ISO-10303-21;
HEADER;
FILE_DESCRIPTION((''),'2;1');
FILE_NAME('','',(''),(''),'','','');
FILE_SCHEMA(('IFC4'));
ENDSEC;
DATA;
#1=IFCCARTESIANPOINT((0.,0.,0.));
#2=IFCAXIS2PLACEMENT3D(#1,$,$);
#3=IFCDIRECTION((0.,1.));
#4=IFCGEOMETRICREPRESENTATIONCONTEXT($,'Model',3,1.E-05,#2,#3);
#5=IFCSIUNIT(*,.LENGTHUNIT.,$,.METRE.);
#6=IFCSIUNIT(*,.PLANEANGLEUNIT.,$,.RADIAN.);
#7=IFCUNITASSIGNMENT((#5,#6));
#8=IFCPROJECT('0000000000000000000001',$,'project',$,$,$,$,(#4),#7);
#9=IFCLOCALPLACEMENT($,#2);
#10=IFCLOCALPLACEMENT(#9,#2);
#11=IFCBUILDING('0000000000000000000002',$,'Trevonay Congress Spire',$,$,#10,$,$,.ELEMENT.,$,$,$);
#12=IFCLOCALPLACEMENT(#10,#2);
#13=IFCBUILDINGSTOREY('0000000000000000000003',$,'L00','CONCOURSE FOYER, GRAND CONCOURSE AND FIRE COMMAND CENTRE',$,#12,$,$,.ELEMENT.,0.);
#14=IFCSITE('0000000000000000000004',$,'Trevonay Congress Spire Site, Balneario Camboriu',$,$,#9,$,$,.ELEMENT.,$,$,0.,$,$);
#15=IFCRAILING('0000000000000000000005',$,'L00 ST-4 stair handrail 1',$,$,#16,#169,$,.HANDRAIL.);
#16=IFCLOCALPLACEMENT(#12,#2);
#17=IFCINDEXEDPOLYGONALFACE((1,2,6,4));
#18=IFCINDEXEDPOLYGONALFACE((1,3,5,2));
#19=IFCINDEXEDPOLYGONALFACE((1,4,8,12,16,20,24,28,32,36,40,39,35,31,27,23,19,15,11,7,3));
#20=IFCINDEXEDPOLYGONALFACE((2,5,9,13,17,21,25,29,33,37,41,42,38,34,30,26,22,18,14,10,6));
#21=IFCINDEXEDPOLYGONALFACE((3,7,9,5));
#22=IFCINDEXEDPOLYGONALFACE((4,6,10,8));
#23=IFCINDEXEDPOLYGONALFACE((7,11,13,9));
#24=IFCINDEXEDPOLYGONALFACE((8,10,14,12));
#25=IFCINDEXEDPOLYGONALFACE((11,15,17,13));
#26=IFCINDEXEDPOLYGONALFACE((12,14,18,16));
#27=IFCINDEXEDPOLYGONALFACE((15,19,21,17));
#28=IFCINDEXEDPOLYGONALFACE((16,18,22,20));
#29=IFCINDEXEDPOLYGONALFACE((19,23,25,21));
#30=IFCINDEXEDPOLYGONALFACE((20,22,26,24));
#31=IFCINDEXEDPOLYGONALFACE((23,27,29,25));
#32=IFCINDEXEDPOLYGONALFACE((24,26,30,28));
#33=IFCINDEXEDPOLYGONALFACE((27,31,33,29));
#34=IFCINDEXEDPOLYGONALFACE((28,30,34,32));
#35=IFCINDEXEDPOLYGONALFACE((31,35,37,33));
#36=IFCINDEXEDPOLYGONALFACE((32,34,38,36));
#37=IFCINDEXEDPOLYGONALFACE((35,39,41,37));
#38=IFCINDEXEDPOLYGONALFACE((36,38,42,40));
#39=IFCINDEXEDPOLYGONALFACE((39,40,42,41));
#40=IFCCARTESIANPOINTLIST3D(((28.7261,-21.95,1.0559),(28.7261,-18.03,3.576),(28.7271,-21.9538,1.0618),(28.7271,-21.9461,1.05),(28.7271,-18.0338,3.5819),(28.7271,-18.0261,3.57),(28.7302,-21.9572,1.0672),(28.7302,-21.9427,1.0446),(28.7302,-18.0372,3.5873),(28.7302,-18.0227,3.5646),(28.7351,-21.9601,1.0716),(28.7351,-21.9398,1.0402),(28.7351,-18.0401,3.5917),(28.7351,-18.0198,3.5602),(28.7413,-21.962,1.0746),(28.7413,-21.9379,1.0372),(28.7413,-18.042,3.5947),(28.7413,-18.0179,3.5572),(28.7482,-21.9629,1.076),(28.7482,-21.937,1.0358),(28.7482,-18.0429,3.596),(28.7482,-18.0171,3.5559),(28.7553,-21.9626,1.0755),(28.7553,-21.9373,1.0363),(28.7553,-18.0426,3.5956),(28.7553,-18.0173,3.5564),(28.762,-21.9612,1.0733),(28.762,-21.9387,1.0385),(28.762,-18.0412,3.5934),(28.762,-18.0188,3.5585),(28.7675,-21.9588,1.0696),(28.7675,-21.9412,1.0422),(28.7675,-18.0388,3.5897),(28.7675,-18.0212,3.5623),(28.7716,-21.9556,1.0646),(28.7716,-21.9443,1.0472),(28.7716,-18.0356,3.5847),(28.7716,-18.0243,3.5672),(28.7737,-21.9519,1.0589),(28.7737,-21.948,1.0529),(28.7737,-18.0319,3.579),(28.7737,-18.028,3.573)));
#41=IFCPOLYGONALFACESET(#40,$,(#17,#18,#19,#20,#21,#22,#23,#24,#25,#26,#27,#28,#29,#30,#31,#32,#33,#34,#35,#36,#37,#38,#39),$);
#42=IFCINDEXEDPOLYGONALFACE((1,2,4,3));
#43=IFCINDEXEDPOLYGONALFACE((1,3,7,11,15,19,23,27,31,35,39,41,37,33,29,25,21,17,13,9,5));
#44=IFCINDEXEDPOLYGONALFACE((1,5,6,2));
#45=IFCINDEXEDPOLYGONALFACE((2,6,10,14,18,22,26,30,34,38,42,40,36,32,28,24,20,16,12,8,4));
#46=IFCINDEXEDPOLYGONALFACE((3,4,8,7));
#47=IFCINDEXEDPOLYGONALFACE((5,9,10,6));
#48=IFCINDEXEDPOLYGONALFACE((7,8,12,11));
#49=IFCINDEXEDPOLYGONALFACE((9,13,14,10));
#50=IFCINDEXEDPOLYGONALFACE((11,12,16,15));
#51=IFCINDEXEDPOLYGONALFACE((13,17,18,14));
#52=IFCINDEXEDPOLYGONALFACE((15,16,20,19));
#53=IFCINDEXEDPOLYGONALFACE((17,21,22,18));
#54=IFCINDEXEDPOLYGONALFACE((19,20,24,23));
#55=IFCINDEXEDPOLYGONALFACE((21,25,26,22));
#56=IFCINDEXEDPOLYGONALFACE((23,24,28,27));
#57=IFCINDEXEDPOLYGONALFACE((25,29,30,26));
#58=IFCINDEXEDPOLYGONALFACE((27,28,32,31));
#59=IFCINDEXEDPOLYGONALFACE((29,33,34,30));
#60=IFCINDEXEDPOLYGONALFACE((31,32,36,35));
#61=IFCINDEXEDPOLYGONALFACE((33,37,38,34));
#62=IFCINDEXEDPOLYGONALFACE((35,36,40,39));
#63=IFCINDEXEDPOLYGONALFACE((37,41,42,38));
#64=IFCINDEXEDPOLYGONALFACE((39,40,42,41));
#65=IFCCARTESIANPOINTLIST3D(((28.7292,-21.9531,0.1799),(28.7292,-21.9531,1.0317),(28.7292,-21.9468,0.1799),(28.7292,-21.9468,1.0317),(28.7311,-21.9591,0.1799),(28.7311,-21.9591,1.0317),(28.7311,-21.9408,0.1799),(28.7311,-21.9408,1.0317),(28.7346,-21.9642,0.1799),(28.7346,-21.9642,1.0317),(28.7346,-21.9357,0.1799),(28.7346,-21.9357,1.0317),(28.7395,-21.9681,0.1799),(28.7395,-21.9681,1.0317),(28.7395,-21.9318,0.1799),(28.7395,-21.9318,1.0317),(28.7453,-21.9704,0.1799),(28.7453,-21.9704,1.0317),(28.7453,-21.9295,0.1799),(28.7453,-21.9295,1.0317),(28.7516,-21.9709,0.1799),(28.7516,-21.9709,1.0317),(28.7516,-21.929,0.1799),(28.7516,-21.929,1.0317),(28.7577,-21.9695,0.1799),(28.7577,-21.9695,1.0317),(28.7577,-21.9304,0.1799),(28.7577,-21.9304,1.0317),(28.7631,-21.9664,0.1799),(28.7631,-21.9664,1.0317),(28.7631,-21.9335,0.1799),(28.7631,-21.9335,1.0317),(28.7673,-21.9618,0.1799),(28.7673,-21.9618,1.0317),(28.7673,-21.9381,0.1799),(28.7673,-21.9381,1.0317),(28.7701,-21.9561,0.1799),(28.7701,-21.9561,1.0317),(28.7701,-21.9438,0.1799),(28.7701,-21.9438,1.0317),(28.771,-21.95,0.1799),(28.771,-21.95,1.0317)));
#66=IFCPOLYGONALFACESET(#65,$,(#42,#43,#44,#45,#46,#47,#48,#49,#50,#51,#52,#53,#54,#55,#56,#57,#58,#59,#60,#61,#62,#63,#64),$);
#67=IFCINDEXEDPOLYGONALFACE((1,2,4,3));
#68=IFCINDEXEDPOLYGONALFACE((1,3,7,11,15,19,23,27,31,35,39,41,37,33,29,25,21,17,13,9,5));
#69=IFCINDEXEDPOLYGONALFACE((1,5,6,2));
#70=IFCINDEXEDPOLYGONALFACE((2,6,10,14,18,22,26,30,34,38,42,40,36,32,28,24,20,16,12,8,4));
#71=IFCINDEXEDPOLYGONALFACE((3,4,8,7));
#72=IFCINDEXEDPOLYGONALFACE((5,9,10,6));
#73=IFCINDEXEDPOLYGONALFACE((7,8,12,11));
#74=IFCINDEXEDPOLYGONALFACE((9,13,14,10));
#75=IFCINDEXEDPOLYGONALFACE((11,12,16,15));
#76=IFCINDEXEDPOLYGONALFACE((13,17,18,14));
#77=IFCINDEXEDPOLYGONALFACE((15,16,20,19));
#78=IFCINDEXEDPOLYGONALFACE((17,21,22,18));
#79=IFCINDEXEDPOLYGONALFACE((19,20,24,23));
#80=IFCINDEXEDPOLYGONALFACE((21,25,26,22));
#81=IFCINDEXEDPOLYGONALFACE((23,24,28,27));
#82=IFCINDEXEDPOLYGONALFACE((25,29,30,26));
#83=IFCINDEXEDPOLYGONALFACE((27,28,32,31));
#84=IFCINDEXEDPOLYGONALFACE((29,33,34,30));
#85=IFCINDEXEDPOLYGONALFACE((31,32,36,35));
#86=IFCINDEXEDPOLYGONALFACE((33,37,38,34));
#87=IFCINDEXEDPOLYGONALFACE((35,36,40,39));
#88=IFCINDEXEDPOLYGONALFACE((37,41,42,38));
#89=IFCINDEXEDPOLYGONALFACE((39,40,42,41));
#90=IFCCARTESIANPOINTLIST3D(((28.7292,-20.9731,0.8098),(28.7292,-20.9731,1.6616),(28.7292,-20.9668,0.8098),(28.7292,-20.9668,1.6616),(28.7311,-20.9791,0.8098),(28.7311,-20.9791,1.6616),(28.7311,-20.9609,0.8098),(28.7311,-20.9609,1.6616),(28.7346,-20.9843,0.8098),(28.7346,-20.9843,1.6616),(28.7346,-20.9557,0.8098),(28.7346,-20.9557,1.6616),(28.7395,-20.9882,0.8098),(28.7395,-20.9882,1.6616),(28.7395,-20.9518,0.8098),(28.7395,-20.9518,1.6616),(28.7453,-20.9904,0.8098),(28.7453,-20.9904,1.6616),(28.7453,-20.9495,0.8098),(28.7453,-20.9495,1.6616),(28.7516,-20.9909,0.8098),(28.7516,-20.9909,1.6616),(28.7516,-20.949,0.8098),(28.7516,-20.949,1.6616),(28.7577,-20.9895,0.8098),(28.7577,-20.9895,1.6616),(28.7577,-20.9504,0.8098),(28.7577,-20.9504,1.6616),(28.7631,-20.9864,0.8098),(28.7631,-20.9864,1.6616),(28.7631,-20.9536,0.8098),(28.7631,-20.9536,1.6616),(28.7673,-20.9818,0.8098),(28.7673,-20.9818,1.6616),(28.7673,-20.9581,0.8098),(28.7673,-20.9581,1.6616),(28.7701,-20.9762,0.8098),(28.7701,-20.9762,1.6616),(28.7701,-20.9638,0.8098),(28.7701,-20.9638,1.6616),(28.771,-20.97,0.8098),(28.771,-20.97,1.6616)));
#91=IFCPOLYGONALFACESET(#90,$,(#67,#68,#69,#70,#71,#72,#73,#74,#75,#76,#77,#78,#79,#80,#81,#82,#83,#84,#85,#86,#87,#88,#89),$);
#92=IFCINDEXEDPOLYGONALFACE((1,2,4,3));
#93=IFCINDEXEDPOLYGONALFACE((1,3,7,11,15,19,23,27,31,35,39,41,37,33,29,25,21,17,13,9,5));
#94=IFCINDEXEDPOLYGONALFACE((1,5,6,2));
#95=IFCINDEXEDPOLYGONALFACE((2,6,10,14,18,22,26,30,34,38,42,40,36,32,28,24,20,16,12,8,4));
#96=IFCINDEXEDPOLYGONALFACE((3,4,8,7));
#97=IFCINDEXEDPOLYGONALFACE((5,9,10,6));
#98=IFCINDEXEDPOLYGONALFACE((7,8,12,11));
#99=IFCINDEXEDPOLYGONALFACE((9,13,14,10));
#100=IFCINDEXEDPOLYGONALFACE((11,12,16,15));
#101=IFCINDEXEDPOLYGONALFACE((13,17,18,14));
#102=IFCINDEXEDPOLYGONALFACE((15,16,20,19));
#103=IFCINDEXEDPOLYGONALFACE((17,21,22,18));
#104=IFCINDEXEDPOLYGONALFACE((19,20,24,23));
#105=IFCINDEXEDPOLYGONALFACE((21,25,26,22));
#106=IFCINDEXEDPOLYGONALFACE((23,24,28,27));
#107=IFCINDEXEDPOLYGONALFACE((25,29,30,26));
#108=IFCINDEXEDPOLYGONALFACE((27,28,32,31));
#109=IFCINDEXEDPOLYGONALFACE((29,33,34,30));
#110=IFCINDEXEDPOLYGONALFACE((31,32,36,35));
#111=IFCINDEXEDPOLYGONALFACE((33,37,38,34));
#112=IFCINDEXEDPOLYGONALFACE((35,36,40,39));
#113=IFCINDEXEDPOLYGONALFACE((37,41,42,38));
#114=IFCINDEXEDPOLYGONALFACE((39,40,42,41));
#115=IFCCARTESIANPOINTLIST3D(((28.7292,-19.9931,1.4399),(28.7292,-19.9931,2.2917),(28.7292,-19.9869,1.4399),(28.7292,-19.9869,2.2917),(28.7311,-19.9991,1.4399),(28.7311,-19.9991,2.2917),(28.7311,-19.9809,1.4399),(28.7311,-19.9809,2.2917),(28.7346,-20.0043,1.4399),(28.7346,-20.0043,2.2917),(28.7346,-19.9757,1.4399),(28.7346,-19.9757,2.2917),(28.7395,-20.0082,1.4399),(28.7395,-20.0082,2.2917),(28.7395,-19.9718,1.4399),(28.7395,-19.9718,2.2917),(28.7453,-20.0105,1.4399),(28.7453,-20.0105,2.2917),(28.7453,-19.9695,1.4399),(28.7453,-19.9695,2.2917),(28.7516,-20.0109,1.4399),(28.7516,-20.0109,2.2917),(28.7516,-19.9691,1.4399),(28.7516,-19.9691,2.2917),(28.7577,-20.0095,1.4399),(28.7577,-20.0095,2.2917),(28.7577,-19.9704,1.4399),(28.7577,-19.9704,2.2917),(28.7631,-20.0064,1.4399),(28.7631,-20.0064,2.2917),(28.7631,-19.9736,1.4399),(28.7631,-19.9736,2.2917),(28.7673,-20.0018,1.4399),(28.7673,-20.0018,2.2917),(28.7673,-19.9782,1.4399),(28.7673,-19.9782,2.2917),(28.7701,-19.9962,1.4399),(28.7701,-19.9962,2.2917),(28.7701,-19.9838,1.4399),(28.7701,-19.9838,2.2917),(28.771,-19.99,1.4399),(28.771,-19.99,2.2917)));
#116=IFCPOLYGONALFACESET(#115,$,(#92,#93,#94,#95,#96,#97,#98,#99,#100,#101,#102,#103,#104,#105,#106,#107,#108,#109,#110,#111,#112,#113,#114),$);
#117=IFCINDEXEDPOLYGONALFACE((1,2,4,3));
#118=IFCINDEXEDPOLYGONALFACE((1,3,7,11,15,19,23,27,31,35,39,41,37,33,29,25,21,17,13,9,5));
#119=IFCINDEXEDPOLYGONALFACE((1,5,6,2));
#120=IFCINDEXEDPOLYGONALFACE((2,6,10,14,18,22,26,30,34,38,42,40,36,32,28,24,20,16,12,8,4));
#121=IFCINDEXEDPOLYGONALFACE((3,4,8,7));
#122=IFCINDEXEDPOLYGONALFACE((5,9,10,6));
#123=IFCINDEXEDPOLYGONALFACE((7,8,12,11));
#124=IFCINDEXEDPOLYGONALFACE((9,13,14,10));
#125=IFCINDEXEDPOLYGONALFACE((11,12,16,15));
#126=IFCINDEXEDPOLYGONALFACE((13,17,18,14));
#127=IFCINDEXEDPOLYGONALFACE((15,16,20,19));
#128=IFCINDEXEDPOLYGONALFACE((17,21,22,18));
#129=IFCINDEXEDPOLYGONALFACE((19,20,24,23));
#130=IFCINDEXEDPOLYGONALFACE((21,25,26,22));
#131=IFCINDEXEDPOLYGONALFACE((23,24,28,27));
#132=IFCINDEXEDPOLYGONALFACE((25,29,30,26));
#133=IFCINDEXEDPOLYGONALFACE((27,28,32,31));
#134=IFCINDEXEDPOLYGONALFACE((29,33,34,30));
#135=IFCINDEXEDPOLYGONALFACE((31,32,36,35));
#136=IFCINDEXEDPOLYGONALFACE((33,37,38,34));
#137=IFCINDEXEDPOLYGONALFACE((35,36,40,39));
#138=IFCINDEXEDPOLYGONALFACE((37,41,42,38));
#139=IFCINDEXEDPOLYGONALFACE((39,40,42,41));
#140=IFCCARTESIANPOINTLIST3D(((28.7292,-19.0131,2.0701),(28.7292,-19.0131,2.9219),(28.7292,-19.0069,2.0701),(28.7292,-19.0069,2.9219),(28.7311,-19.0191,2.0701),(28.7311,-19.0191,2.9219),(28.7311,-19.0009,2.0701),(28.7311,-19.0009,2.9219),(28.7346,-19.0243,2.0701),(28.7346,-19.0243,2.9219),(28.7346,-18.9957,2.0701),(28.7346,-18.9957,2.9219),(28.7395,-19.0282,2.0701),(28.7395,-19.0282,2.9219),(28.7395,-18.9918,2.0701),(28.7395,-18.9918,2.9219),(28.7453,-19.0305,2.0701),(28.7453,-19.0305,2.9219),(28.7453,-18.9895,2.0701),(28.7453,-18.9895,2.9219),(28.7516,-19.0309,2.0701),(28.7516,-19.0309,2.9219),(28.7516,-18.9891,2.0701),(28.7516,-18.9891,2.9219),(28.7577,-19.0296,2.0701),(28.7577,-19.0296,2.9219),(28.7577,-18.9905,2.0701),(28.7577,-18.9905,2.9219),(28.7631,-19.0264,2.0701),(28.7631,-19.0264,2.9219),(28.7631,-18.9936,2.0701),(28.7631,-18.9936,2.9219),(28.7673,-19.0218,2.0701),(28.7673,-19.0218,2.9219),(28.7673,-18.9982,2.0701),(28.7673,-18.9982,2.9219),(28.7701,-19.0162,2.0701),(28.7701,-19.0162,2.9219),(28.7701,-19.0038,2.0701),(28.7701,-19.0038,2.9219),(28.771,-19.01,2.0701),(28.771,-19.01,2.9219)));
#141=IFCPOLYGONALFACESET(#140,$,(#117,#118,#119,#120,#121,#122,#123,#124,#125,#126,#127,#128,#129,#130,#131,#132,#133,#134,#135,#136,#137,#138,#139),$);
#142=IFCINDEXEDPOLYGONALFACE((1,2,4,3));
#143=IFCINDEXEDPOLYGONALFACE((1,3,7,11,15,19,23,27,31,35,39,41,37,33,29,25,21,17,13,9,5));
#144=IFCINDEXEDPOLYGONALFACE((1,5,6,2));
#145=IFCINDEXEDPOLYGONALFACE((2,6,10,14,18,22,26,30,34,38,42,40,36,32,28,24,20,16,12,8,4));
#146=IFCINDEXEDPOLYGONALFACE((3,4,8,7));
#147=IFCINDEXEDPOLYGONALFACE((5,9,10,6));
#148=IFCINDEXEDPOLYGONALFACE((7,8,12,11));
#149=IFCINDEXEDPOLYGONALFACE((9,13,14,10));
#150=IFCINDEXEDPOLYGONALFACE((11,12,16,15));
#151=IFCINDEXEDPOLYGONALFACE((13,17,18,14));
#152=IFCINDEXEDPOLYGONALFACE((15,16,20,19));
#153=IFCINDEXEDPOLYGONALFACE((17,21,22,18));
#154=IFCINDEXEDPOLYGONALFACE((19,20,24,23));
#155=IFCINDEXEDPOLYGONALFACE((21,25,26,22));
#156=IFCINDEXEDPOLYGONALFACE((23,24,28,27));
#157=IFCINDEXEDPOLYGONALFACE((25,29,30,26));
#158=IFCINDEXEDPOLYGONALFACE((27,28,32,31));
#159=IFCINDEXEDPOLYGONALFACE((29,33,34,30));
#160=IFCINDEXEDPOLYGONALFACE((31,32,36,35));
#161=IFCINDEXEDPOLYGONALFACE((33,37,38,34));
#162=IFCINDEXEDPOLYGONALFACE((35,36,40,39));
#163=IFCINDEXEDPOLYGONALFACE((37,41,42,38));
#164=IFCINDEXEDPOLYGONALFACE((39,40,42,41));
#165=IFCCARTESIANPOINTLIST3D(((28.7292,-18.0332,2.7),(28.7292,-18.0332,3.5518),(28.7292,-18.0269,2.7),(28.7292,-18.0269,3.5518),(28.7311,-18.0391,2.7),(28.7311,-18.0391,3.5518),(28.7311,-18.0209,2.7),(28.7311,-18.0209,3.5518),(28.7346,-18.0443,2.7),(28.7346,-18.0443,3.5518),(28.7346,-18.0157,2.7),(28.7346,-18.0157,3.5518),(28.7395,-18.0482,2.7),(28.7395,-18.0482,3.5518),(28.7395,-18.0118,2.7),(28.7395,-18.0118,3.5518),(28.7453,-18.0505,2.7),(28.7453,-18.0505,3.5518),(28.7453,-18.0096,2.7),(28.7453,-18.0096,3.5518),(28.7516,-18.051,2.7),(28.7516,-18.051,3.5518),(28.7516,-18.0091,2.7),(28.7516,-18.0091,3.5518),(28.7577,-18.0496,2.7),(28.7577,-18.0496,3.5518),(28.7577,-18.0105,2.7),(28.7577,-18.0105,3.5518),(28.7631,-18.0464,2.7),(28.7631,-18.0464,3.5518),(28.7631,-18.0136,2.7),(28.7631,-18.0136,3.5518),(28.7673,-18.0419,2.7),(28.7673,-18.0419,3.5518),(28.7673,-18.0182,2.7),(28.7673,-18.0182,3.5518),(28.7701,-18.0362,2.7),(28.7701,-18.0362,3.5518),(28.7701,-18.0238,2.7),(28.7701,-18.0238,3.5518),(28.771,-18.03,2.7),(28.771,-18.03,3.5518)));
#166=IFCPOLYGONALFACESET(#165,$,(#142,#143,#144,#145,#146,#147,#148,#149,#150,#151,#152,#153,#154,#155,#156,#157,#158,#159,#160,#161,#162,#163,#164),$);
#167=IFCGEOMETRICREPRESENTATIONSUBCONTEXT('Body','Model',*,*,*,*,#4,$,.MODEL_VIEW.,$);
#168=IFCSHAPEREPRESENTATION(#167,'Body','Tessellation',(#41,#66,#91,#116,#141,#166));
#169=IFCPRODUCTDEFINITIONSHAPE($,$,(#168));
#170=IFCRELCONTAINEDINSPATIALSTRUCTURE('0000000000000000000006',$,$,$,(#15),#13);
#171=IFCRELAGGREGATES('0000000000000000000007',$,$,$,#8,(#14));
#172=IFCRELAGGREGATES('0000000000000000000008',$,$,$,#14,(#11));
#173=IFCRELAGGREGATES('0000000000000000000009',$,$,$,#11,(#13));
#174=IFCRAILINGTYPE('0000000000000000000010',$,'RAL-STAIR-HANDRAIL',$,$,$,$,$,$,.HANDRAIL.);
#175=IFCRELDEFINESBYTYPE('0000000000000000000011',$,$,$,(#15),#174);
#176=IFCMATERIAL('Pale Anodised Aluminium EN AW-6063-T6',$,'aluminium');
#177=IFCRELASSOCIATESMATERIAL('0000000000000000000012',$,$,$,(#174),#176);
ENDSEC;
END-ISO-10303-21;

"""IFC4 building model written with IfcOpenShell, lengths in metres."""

from ifc_helpers import new_model, si_unit, direction, frame, origin, origin_2d, place, context, subcontext, project, spatial, circle, extrude, material, type_object, element, save


model = new_model("IFC4")

# Units and contexts
model_context = context("Model", 3, precision=1e-05, world=origin(), true_north=direction((0.0, 1.0)))
body_context = subcontext(model_context, "Body", "Model", "MODEL_VIEW")
ifc_project = project(units=[si_unit("LENGTHUNIT", "METRE"), si_unit("PLANEANGLEUNIT", "RADIAN")], contexts=[model_context])

# Site, building, storey
site_placement = place(None, origin())
site = spatial("IfcSite", under=ifc_project, at=site_placement, Name="Trevonay Congress Spire Site, Balneario Camboriu", CompositionType="ELEMENT", RefElevation=0.0)
building_placement = place(site_placement, origin())
building = spatial("IfcBuilding", under=site, at=building_placement, Name="Trevonay Congress Spire", CompositionType="ELEMENT")
storey_placement = place(building_placement, origin())
storey = spatial("IfcBuildingStorey", under=building, at=storey_placement, Name="L00", Description="CONCOURSE FOYER, GRAND CONCOURSE AND FIRE COMMAND CENTRE", CompositionType="ELEMENT", Elevation=0.0)

# Shared definitions
ifc_material_1 = material(Name="Pale Anodised Aluminium EN AW-6063-T6", Category="aluminium")

# Railing
railing_type_1 = type_object("IfcRailingType", Name="RAL-STAIR-HANDRAIL", PredefinedType="HANDRAIL", material=ifc_material_1)
railing_1_placement = place(storey_placement, frame((28.75, -21.95, 0.1799)))
element("IfcRailing", 1, at=railing_1_placement, inside=storey, type_object=railing_type_1, Name="L00 ST-4 stair handrail 1", PredefinedType="HANDRAIL", context=body_context, shape_type="SweptSolid", body=[
    extrude(circle(Radius=0.0239, at=origin_2d()), frame((0.0, 0.0, 0.876), z_axis=(0.0, 0.841172, 0.540768), x_axis=(-1.0, 0.0, 0.0)), (0.0, 0.0, 1.0), 4.6602),
    extrude(circle(Radius=0.021, at=origin_2d()), origin(), (0.0, 0.0, 1.0), 0.8518),
    extrude(circle(Radius=0.021, at=origin_2d()), frame((0.0, 0.98, 0.6299)), (0.0, 0.0, 1.0), 0.8518),
    extrude(circle(Radius=0.021, at=origin_2d()), frame((0.0, 1.96, 1.26)), (0.0, 0.0, 1.0), 0.8518),
    extrude(circle(Radius=0.021, at=origin_2d()), frame((0.0, 2.9399, 1.8901)), (0.0, 0.0, 1.0), 0.8518),
    extrude(circle(Radius=0.021, at=origin_2d()), frame((0.0, 3.9199, 2.52)), (0.0, 0.0, 1.0), 0.8518),
])

save(model, "model.ifc")
